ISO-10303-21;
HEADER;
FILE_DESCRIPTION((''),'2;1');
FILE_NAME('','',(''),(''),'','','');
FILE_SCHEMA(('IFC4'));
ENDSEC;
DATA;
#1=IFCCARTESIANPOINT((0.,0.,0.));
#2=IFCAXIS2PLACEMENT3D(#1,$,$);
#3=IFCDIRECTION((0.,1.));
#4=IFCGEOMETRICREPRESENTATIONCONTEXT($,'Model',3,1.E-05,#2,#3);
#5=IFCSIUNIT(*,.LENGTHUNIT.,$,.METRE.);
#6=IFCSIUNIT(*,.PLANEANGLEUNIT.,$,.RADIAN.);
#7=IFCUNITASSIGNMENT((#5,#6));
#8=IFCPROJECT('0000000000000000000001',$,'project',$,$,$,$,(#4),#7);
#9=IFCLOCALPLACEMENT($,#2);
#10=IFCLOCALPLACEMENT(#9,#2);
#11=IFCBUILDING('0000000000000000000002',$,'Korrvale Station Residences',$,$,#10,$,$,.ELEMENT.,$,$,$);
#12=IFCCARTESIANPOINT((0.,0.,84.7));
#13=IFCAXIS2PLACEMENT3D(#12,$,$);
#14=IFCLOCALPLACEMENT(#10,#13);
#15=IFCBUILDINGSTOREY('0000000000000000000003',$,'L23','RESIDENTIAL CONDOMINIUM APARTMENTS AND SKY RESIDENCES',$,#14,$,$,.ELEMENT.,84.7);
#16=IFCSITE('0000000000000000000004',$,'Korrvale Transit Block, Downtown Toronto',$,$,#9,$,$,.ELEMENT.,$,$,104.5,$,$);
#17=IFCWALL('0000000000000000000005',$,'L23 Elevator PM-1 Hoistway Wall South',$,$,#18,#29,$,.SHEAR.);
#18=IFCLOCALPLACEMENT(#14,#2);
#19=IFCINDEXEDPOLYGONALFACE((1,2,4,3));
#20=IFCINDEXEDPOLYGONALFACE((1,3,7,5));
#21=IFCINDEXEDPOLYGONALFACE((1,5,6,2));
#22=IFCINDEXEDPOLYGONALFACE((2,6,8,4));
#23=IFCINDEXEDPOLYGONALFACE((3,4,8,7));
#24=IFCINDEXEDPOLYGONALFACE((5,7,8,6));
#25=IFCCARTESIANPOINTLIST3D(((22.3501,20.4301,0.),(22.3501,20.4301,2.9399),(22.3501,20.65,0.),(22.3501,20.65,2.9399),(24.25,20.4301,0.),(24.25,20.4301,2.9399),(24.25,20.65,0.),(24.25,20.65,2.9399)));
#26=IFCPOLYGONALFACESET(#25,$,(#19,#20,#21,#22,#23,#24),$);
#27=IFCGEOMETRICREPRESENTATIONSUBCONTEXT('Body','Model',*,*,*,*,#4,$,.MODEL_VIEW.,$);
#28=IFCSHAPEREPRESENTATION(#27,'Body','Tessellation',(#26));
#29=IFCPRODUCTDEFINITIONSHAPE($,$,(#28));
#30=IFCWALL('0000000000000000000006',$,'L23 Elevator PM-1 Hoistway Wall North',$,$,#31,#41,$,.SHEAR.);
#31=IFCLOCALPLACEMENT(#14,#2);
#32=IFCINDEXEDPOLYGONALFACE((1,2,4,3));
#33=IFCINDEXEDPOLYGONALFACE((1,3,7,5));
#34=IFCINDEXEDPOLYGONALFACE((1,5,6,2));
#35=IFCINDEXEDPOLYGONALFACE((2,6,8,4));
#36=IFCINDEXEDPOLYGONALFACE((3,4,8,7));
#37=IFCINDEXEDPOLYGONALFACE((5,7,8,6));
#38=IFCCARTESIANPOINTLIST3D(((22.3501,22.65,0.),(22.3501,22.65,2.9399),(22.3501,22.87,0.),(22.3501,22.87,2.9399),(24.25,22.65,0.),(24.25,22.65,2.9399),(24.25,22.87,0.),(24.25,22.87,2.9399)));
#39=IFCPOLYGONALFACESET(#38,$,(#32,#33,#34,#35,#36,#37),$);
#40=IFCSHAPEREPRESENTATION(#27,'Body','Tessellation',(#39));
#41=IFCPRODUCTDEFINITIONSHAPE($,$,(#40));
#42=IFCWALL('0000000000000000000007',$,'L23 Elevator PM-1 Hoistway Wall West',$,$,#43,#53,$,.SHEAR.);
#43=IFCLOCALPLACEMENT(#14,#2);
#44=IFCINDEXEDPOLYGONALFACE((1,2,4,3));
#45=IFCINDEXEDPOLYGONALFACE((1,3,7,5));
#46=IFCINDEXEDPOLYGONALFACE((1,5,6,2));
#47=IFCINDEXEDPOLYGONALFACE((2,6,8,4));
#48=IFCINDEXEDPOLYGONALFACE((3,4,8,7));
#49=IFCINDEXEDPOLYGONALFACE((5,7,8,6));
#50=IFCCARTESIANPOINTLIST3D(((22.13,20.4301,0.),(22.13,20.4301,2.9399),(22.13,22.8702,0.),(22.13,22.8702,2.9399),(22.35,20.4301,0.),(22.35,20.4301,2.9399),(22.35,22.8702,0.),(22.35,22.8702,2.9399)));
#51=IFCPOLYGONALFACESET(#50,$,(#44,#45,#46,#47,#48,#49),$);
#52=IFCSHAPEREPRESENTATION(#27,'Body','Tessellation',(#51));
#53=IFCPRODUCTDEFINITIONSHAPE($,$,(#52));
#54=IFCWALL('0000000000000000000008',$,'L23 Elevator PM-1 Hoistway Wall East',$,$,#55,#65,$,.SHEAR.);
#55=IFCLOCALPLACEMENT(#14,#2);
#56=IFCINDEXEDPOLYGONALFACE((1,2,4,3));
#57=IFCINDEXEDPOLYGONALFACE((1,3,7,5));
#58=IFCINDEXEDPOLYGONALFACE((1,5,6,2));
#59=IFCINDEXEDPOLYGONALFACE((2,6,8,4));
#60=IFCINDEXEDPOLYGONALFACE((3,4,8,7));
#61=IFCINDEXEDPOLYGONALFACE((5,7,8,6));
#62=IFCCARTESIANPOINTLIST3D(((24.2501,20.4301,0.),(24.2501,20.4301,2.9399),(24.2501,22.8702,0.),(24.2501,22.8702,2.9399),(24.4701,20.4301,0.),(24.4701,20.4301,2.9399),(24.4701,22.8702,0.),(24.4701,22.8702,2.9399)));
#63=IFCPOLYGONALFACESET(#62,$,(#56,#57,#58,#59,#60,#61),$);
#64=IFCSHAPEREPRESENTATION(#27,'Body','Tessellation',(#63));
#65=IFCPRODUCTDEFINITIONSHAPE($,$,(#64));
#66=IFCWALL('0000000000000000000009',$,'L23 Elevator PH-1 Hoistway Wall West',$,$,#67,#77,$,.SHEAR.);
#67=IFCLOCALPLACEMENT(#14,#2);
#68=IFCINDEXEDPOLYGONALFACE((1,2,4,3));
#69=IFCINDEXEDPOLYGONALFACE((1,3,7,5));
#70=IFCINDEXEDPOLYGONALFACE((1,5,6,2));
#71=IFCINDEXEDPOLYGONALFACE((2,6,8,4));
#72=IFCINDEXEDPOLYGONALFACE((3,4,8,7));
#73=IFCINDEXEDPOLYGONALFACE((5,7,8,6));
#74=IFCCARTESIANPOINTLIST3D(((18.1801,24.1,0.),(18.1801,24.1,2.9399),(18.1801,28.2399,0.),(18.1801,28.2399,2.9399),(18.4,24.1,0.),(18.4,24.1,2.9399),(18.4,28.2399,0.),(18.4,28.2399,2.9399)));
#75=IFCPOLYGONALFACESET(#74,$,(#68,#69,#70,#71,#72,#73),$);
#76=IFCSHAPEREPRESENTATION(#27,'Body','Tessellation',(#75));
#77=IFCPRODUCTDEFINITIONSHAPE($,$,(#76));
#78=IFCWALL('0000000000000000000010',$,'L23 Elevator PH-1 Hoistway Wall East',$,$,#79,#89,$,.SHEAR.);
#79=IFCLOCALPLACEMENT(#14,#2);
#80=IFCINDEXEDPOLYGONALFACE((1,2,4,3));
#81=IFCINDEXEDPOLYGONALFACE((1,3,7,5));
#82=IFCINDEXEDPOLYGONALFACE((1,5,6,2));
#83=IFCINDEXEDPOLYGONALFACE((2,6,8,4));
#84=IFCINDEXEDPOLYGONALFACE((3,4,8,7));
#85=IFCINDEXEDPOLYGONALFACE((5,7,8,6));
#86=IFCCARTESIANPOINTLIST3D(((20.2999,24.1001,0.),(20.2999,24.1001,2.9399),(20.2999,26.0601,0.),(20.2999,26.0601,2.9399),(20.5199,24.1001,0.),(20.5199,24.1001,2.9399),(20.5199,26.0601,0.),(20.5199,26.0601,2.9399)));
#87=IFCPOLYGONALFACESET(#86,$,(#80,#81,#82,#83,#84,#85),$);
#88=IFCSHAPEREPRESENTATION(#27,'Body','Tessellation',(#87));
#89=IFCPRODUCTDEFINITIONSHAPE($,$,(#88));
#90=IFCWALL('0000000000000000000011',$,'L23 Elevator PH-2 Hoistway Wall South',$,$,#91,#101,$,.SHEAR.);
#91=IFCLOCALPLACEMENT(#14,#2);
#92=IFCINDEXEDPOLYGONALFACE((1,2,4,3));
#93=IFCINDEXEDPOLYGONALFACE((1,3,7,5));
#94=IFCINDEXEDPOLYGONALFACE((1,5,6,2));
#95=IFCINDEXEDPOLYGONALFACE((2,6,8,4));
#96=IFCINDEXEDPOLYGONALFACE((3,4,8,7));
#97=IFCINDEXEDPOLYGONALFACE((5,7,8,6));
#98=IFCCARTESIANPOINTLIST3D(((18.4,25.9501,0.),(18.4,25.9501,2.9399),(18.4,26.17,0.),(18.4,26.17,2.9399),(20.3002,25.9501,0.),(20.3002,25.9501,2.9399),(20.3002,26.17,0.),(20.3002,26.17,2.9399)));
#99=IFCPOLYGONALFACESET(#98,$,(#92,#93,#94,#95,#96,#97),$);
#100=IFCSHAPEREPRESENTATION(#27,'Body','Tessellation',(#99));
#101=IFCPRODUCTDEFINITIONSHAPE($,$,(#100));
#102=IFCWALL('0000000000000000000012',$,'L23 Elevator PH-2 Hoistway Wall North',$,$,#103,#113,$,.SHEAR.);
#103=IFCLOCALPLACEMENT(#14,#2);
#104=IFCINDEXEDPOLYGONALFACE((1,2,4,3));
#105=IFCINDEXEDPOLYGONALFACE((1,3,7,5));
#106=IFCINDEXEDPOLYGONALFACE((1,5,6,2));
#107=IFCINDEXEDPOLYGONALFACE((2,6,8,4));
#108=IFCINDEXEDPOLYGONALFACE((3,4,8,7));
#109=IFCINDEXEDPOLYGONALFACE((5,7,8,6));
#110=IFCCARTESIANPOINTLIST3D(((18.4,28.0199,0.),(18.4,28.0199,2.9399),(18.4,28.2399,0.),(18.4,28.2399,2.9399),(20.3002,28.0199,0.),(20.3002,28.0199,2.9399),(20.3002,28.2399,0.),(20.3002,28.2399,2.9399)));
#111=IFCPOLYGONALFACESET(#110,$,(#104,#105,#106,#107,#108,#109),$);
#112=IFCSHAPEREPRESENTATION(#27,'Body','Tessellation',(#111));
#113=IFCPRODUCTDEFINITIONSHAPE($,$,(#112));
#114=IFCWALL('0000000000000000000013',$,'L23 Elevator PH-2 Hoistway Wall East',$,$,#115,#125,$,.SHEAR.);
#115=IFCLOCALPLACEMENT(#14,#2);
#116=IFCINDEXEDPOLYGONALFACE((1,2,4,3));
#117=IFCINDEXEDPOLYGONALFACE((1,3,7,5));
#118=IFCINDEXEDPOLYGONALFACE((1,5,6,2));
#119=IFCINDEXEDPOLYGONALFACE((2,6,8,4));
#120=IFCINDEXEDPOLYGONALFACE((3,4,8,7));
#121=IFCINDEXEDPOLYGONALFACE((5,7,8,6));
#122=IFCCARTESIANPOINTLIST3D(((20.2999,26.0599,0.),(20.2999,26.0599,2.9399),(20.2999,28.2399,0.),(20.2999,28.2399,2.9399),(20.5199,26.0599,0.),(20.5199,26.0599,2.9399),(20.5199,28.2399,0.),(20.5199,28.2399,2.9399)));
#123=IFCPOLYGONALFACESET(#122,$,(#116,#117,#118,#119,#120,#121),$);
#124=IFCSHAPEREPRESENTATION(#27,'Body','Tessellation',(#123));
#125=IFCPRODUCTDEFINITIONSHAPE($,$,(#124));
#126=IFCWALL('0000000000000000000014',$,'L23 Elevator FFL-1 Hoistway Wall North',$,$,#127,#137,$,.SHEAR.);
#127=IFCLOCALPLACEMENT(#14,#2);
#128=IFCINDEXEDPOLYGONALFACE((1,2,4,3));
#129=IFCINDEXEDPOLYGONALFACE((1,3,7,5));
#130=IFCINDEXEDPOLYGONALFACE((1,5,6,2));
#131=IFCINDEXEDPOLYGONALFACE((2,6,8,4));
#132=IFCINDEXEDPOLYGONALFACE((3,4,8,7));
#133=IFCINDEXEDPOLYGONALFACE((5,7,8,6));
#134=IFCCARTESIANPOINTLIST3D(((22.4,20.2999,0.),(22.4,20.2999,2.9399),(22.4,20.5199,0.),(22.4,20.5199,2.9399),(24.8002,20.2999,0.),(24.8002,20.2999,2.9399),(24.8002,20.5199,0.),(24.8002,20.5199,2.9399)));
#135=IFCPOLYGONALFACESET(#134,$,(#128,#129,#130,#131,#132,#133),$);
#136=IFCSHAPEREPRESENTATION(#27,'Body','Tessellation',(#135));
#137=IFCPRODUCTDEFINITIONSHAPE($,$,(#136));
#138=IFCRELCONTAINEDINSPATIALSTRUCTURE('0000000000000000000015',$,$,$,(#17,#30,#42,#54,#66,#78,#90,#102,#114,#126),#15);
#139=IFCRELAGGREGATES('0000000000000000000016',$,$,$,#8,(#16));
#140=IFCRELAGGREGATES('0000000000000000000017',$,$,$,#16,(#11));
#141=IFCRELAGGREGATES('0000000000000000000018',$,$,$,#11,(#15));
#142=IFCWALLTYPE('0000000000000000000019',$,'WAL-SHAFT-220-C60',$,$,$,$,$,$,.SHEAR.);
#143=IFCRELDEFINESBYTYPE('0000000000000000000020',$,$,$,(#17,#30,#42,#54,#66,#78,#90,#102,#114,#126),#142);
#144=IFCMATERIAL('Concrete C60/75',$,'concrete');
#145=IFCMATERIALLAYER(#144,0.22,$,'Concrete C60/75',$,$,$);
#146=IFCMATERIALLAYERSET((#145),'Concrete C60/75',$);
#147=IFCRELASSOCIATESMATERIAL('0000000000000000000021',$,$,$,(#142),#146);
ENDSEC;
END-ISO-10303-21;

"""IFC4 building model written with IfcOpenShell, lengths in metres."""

from ifc_helpers import new_model, si_unit, direction, frame, frame_2d, origin, place, context, subcontext, project, spatial, rectangle, extrude, material, layer, layer_set, type_object, element, save


model = new_model("IFC4")

# Units and contexts
model_context = context("Model", 3, precision=1e-05, world=origin(), true_north=direction((0.0, 1.0)))
body_context = subcontext(model_context, "Body", "Model", "MODEL_VIEW")
ifc_project = project(units=[si_unit("LENGTHUNIT", "METRE"), si_unit("PLANEANGLEUNIT", "RADIAN")], contexts=[model_context])

# Site, building, storey
site_placement = place(None, origin())
site = spatial("IfcSite", under=ifc_project, at=site_placement, Name="Korrvale Transit Block, Downtown Toronto", CompositionType="ELEMENT", RefElevation=104.5)
building_placement = place(site_placement, origin())
building = spatial("IfcBuilding", under=site, at=building_placement, Name="Korrvale Station Residences", CompositionType="ELEMENT")
storey_placement = place(building_placement, frame((0.0, 0.0, 84.7)))
storey = spatial("IfcBuildingStorey", under=building, at=storey_placement, Name="L23", Description="RESIDENTIAL CONDOMINIUM APARTMENTS AND SKY RESIDENCES", CompositionType="ELEMENT", Elevation=84.7)

# Shared definitions
ifc_material_1 = material(Name="Concrete C60/75", Category="concrete")

# Shared definitions
ifc_layer_1 = layer(ifc_material_1, 0.22, Name="Concrete C60/75")
ifc_layer_set_1 = layer_set([ifc_layer_1], Name="Concrete C60/75")
wall_type_1 = type_object("IfcWallType", Name="WAL-SHAFT-220-C60", PredefinedType="SHEAR", material=ifc_layer_set_1)

# Walls
for number, where, z_axis, x_axis, name in (
    (1, (22.3501, 20.54, 0.0), (0.0, 0.0, 1.0), (1.0, 0.0, 0.0), "L23 Elevator PM-1 Hoistway Wall South"),
    (2, (22.3501, 22.76, 0.0), (0.0, 0.0, 1.0), (1.0, 0.0, 0.0), "L23 Elevator PM-1 Hoistway Wall North"),
):
    element("IfcWall", number, at=place(storey_placement, frame(where, z_axis=z_axis, x_axis=x_axis)), inside=storey, type_object=wall_type_1, Name=name, PredefinedType="SHEAR", context=body_context, shape_type="SweptSolid", body=[
        extrude(rectangle(XDim=1.8999, YDim=0.22, at=frame_2d((0.95, 0.0))), origin(), (0.0, 0.0, 1.0), 2.9399),
    ])
for number, where, z_axis, x_axis, name in (
    (3, (22.24, 20.4299, 0.0), (0.0, 0.0, 1.0), (0.0, 1.0, 0.0), "L23 Elevator PM-1 Hoistway Wall West"),
    (4, (24.3601, 20.4299, 0.0), (0.0, 0.0, 1.0), (0.0, 1.0, 0.0), "L23 Elevator PM-1 Hoistway Wall East"),
):
    element("IfcWall", number, at=place(storey_placement, frame(where, z_axis=z_axis, x_axis=x_axis)), inside=storey, type_object=wall_type_1, Name=name, PredefinedType="SHEAR", context=body_context, shape_type="SweptSolid", body=[
        extrude(rectangle(XDim=2.4402, YDim=0.22, at=frame_2d((1.2202, 0.0))), origin(), (0.0, 0.0, 1.0), 2.9399),
    ])
wall_1_placement = place(storey_placement, frame((18.29, 24.1001, 0.0), z_axis=(0.0, 0.0, 1.0), x_axis=(0.0, 1.0, 0.0)))
element("IfcWall", 5, at=wall_1_placement, inside=storey, type_object=wall_type_1, Name="L23 Elevator PH-1 Hoistway Wall West", PredefinedType="SHEAR", context=body_context, shape_type="SweptSolid", body=[
    extrude(rectangle(XDim=4.1399, YDim=0.22, at=frame_2d((2.0698, 0.0))), origin(), (0.0, 0.0, 1.0), 2.9399),
])
wall_2_placement = place(storey_placement, frame((20.4099, 24.1001, 0.0), z_axis=(0.0, 0.0, 1.0), x_axis=(0.0, 1.0, 0.0)))
element("IfcWall", 6, at=wall_2_placement, inside=storey, type_object=wall_type_1, Name="L23 Elevator PH-1 Hoistway Wall East", PredefinedType="SHEAR", context=body_context, shape_type="SweptSolid", body=[
    extrude(rectangle(XDim=1.96, YDim=0.22, at=frame_2d((0.98, 0.0))), origin(), (0.0, 0.0, 1.0), 2.9399),
])
for number, where, z_axis, x_axis, name in (
    (7, (18.3999, 26.0601, 0.0), (0.0, 0.0, 1.0), (1.0, 0.0, 0.0), "L23 Elevator PH-2 Hoistway Wall South"),
    (8, (18.3999, 28.1299, 0.0), (0.0, 0.0, 1.0), (1.0, 0.0, 0.0), "L23 Elevator PH-2 Hoistway Wall North"),
):
    element("IfcWall", number, at=place(storey_placement, frame(where, z_axis=z_axis, x_axis=x_axis)), inside=storey, type_object=wall_type_1, Name=name, PredefinedType="SHEAR", context=body_context, shape_type="SweptSolid", body=[
        extrude(rectangle(XDim=1.9001, YDim=0.22, at=frame_2d((0.9502, 0.0))), origin(), (0.0, 0.0, 1.0), 2.9399),
    ])
wall_3_placement = place(storey_placement, frame((20.4099, 26.0601, 0.0), z_axis=(0.0, 0.0, 1.0), x_axis=(0.0, 1.0, 0.0)))
element("IfcWall", 9, at=wall_3_placement, inside=storey, type_object=wall_type_1, Name="L23 Elevator PH-2 Hoistway Wall East", PredefinedType="SHEAR", context=body_context, shape_type="SweptSolid", body=[
    extrude(rectangle(XDim=2.1799, YDim=0.22, at=frame_2d((1.0898, 0.0))), origin(), (0.0, 0.0, 1.0), 2.9399),
])
wall_4_placement = place(storey_placement, frame((22.3999, 20.4099, 0.0), z_axis=(0.0, 0.0, 1.0), x_axis=(1.0, 0.0, 0.0)))
element("IfcWall", 10, at=wall_4_placement, inside=storey, type_object=wall_type_1, Name="L23 Elevator FFL-1 Hoistway Wall North", PredefinedType="SHEAR", context=body_context, shape_type="SweptSolid", body=[
    extrude(rectangle(XDim=2.4001, YDim=0.22, at=frame_2d((1.2002, 0.0))), origin(), (0.0, 0.0, 1.0), 2.9399),
])

save(model, "model.ifc")
